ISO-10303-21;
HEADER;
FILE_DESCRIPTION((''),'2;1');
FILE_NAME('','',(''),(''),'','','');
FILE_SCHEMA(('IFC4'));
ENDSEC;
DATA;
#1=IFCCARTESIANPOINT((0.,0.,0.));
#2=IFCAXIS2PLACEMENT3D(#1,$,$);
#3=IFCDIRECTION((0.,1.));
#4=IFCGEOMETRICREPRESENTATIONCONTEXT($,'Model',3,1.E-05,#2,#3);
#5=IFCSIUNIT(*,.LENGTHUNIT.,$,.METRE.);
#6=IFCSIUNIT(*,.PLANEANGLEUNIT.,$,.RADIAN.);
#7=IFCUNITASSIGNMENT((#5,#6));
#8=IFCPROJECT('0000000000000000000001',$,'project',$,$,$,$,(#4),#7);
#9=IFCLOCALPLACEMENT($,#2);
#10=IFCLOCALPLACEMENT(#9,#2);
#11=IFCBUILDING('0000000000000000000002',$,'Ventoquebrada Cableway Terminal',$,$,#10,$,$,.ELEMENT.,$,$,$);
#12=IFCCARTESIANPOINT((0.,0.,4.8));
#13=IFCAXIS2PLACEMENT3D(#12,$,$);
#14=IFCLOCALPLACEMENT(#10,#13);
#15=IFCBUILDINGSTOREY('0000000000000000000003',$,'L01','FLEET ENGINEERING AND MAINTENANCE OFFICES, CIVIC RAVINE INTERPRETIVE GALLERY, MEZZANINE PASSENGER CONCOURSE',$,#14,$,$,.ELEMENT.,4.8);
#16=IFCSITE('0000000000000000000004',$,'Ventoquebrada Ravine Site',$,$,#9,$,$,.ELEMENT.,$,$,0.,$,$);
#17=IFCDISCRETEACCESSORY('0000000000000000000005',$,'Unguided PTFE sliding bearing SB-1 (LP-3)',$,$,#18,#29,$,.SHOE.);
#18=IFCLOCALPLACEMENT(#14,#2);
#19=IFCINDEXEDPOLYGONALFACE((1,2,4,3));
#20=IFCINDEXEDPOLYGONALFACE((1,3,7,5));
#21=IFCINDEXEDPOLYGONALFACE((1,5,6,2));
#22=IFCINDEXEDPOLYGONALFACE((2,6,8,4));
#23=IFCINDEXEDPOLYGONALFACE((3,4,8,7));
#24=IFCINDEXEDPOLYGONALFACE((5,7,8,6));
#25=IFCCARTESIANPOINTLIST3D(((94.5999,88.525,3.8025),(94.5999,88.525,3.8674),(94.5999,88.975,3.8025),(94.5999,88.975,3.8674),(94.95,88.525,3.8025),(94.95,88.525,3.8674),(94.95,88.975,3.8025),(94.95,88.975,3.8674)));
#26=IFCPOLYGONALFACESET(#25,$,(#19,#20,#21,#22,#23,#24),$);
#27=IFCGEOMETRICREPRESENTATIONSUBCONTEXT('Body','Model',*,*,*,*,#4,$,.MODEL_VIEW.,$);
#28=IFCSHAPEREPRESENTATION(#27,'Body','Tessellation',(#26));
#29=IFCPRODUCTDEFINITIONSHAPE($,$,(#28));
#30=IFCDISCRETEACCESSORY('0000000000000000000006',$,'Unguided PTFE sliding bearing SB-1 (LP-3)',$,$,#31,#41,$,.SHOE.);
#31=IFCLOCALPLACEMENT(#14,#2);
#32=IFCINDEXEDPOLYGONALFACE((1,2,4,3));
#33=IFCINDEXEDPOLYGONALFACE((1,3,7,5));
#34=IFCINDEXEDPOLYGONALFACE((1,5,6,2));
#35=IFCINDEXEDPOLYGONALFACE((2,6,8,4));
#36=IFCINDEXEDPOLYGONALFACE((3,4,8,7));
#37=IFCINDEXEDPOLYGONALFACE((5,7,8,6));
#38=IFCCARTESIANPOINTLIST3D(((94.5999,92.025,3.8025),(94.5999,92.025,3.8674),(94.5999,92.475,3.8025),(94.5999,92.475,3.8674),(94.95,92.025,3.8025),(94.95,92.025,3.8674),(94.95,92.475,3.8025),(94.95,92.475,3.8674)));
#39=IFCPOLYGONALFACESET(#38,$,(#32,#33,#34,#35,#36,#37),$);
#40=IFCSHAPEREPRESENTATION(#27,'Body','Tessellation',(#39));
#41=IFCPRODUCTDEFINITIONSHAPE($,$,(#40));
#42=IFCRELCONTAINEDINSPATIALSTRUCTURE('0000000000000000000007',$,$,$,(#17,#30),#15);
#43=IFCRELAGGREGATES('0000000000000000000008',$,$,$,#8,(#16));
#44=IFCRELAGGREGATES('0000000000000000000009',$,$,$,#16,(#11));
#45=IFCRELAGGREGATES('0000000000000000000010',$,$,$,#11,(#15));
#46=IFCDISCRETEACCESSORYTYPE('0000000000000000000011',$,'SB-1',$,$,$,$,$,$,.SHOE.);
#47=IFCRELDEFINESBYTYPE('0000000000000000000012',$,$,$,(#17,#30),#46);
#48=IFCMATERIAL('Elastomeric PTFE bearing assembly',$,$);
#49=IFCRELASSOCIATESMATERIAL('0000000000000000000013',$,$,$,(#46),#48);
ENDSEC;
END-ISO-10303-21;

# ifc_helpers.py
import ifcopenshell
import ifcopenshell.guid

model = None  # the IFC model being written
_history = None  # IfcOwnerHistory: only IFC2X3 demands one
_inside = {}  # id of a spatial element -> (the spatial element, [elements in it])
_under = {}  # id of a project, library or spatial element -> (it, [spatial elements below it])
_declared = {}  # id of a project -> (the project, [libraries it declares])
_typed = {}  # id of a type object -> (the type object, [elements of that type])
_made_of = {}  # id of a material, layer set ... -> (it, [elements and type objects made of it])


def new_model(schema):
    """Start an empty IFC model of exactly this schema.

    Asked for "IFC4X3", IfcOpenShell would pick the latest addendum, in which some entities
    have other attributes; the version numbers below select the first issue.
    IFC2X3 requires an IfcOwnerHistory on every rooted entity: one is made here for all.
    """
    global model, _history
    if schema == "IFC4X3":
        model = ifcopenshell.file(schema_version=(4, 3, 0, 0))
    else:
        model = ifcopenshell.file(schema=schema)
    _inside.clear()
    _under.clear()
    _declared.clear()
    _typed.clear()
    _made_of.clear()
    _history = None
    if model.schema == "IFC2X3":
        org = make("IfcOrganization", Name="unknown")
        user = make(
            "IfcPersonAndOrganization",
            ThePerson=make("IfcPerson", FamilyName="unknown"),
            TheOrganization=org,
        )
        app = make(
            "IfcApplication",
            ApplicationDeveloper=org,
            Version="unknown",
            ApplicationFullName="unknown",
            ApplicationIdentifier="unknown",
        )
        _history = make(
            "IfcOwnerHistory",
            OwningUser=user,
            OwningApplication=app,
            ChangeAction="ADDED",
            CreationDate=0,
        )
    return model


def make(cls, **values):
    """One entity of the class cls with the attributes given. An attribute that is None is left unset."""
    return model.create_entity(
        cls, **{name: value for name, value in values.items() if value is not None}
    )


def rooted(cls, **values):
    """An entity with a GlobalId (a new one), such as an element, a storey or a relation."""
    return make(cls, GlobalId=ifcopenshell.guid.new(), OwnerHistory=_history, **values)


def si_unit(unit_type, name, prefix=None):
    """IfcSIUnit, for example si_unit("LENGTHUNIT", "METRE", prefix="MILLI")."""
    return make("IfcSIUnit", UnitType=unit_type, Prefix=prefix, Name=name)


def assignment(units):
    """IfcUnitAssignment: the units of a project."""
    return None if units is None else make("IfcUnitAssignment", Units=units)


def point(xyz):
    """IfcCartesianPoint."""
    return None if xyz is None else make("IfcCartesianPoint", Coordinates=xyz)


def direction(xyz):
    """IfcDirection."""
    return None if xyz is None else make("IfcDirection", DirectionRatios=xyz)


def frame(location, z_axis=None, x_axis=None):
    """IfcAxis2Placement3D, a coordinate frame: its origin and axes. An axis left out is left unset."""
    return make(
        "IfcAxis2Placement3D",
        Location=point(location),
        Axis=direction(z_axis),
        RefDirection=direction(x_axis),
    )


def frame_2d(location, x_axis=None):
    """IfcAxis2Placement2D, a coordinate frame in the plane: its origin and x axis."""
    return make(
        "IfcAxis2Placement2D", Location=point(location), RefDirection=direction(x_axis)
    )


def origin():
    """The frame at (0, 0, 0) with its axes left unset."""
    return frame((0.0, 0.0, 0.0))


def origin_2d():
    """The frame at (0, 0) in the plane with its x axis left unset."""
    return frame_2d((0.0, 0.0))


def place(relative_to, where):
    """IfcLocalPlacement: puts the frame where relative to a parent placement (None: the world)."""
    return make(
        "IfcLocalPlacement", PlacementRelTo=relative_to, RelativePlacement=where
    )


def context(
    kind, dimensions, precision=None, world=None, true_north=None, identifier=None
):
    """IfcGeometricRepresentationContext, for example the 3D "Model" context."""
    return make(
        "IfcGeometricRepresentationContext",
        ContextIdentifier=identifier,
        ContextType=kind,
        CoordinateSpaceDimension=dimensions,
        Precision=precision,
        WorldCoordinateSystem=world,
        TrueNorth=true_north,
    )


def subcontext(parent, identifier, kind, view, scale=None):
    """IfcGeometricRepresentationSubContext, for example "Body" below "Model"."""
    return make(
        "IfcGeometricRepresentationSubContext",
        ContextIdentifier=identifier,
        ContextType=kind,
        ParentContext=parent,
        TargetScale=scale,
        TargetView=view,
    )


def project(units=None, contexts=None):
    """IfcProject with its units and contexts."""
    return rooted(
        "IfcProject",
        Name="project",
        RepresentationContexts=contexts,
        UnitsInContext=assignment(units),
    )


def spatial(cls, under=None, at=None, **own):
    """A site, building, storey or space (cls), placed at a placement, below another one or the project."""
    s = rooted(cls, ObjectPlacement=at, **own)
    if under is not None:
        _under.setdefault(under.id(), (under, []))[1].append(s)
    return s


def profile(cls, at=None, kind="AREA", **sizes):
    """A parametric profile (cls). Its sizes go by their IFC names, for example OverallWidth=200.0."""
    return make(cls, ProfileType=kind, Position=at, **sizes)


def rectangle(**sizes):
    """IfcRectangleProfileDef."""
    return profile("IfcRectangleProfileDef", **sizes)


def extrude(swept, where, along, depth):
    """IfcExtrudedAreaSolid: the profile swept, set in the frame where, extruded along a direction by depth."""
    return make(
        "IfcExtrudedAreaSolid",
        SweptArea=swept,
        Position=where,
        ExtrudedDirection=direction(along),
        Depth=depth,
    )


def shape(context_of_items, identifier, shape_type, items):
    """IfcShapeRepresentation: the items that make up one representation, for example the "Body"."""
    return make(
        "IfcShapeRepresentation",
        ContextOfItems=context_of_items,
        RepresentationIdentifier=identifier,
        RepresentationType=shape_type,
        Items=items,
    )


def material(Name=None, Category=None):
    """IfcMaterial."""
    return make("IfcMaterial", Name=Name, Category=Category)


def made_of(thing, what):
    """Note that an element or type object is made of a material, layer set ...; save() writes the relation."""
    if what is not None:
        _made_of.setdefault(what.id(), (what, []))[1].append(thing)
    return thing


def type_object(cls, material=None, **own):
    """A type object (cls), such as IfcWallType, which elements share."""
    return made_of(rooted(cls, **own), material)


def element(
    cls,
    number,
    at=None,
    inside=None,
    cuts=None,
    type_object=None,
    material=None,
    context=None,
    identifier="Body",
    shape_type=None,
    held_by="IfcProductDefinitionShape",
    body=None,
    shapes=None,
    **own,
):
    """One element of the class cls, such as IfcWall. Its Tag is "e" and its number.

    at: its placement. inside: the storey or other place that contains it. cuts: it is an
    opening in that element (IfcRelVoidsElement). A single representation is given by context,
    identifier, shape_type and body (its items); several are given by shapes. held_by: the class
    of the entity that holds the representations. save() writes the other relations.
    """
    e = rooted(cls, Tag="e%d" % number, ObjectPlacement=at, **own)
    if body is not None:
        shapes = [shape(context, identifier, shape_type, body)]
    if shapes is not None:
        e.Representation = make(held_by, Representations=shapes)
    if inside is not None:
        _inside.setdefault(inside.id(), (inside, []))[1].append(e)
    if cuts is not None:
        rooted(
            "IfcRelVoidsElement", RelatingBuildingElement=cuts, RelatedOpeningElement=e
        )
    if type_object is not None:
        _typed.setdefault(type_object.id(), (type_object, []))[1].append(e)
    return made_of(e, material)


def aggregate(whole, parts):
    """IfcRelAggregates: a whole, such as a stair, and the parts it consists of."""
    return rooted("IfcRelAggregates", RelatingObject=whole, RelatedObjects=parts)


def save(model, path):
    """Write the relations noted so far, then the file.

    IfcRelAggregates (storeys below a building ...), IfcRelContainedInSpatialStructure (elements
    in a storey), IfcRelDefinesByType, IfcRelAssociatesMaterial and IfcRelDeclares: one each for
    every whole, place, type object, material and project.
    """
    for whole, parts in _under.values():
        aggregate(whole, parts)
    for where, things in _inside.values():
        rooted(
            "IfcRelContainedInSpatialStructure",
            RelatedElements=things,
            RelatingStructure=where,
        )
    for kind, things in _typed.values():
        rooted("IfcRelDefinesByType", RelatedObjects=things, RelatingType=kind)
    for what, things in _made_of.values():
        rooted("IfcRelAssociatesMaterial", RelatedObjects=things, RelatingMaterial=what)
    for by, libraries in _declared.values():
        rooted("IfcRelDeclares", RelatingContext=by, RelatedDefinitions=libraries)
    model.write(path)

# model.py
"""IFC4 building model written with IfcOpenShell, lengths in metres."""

from ifc_helpers import new_model, si_unit, direction, frame, origin, origin_2d, place, context, subcontext, project, spatial, rectangle, extrude, material, type_object, element, save


model = new_model("IFC4")

# Units and contexts
model_context = context("Model", 3, precision=1e-05, world=origin(), true_north=direction((0.0, 1.0)))
body_context = subcontext(model_context, "Body", "Model", "MODEL_VIEW")
ifc_project = project(units=[si_unit("LENGTHUNIT", "METRE"), si_unit("PLANEANGLEUNIT", "RADIAN")], contexts=[model_context])

# Site, building, storey
site_placement = place(None, origin())
site = spatial("IfcSite", under=ifc_project, at=site_placement, Name="Ventoquebrada Ravine Site", CompositionType="ELEMENT", RefElevation=0.0)
building_placement = place(site_placement, origin())
building = spatial("IfcBuilding", under=site, at=building_placement, Name="Ventoquebrada Cableway Terminal", CompositionType="ELEMENT")
storey_placement = place(building_placement, frame((0.0, 0.0, 4.8)))
storey = spatial("IfcBuildingStorey", under=building, at=storey_placement, Name="L01", Description="FLEET ENGINEERING AND MAINTENANCE OFFICES, CIVIC RAVINE INTERPRETIVE GALLERY, MEZZANINE PASSENGER CONCOURSE", CompositionType="ELEMENT", Elevation=4.8)

# Discrete accessories
ifc_material_1 = material(Name="Elastomeric PTFE bearing assembly")
discrete_accessory_type_1 = type_object("IfcDiscreteAccessoryType", Name="SB-1", PredefinedType="SHOE", material=ifc_material_1)
for number, where, z_axis, x_axis, name in (
    (1, (94.7749, 88.75, 3.8025), (0.0, 0.0, 1.0), (1.0, 0.0, 0.0), "Unguided PTFE sliding bearing SB-1 (LP-3)"),
    (2, (94.7749, 92.25, 3.8025), (0.0, 0.0, 1.0), (1.0, 0.0, 0.0), "Unguided PTFE sliding bearing SB-1 (LP-3)"),
):
    element("IfcDiscreteAccessory", number, at=place(storey_placement, frame(where, z_axis=z_axis, x_axis=x_axis)), inside=storey, type_object=discrete_accessory_type_1, Name=name, PredefinedType="SHOE", context=body_context, shape_type="SweptSolid", body=[
        extrude(rectangle(XDim=0.3501, YDim=0.45, at=origin_2d()), origin(), (0.0, 0.0, 1.0), 0.0649),
    ])

save(model, "model.ifc")
